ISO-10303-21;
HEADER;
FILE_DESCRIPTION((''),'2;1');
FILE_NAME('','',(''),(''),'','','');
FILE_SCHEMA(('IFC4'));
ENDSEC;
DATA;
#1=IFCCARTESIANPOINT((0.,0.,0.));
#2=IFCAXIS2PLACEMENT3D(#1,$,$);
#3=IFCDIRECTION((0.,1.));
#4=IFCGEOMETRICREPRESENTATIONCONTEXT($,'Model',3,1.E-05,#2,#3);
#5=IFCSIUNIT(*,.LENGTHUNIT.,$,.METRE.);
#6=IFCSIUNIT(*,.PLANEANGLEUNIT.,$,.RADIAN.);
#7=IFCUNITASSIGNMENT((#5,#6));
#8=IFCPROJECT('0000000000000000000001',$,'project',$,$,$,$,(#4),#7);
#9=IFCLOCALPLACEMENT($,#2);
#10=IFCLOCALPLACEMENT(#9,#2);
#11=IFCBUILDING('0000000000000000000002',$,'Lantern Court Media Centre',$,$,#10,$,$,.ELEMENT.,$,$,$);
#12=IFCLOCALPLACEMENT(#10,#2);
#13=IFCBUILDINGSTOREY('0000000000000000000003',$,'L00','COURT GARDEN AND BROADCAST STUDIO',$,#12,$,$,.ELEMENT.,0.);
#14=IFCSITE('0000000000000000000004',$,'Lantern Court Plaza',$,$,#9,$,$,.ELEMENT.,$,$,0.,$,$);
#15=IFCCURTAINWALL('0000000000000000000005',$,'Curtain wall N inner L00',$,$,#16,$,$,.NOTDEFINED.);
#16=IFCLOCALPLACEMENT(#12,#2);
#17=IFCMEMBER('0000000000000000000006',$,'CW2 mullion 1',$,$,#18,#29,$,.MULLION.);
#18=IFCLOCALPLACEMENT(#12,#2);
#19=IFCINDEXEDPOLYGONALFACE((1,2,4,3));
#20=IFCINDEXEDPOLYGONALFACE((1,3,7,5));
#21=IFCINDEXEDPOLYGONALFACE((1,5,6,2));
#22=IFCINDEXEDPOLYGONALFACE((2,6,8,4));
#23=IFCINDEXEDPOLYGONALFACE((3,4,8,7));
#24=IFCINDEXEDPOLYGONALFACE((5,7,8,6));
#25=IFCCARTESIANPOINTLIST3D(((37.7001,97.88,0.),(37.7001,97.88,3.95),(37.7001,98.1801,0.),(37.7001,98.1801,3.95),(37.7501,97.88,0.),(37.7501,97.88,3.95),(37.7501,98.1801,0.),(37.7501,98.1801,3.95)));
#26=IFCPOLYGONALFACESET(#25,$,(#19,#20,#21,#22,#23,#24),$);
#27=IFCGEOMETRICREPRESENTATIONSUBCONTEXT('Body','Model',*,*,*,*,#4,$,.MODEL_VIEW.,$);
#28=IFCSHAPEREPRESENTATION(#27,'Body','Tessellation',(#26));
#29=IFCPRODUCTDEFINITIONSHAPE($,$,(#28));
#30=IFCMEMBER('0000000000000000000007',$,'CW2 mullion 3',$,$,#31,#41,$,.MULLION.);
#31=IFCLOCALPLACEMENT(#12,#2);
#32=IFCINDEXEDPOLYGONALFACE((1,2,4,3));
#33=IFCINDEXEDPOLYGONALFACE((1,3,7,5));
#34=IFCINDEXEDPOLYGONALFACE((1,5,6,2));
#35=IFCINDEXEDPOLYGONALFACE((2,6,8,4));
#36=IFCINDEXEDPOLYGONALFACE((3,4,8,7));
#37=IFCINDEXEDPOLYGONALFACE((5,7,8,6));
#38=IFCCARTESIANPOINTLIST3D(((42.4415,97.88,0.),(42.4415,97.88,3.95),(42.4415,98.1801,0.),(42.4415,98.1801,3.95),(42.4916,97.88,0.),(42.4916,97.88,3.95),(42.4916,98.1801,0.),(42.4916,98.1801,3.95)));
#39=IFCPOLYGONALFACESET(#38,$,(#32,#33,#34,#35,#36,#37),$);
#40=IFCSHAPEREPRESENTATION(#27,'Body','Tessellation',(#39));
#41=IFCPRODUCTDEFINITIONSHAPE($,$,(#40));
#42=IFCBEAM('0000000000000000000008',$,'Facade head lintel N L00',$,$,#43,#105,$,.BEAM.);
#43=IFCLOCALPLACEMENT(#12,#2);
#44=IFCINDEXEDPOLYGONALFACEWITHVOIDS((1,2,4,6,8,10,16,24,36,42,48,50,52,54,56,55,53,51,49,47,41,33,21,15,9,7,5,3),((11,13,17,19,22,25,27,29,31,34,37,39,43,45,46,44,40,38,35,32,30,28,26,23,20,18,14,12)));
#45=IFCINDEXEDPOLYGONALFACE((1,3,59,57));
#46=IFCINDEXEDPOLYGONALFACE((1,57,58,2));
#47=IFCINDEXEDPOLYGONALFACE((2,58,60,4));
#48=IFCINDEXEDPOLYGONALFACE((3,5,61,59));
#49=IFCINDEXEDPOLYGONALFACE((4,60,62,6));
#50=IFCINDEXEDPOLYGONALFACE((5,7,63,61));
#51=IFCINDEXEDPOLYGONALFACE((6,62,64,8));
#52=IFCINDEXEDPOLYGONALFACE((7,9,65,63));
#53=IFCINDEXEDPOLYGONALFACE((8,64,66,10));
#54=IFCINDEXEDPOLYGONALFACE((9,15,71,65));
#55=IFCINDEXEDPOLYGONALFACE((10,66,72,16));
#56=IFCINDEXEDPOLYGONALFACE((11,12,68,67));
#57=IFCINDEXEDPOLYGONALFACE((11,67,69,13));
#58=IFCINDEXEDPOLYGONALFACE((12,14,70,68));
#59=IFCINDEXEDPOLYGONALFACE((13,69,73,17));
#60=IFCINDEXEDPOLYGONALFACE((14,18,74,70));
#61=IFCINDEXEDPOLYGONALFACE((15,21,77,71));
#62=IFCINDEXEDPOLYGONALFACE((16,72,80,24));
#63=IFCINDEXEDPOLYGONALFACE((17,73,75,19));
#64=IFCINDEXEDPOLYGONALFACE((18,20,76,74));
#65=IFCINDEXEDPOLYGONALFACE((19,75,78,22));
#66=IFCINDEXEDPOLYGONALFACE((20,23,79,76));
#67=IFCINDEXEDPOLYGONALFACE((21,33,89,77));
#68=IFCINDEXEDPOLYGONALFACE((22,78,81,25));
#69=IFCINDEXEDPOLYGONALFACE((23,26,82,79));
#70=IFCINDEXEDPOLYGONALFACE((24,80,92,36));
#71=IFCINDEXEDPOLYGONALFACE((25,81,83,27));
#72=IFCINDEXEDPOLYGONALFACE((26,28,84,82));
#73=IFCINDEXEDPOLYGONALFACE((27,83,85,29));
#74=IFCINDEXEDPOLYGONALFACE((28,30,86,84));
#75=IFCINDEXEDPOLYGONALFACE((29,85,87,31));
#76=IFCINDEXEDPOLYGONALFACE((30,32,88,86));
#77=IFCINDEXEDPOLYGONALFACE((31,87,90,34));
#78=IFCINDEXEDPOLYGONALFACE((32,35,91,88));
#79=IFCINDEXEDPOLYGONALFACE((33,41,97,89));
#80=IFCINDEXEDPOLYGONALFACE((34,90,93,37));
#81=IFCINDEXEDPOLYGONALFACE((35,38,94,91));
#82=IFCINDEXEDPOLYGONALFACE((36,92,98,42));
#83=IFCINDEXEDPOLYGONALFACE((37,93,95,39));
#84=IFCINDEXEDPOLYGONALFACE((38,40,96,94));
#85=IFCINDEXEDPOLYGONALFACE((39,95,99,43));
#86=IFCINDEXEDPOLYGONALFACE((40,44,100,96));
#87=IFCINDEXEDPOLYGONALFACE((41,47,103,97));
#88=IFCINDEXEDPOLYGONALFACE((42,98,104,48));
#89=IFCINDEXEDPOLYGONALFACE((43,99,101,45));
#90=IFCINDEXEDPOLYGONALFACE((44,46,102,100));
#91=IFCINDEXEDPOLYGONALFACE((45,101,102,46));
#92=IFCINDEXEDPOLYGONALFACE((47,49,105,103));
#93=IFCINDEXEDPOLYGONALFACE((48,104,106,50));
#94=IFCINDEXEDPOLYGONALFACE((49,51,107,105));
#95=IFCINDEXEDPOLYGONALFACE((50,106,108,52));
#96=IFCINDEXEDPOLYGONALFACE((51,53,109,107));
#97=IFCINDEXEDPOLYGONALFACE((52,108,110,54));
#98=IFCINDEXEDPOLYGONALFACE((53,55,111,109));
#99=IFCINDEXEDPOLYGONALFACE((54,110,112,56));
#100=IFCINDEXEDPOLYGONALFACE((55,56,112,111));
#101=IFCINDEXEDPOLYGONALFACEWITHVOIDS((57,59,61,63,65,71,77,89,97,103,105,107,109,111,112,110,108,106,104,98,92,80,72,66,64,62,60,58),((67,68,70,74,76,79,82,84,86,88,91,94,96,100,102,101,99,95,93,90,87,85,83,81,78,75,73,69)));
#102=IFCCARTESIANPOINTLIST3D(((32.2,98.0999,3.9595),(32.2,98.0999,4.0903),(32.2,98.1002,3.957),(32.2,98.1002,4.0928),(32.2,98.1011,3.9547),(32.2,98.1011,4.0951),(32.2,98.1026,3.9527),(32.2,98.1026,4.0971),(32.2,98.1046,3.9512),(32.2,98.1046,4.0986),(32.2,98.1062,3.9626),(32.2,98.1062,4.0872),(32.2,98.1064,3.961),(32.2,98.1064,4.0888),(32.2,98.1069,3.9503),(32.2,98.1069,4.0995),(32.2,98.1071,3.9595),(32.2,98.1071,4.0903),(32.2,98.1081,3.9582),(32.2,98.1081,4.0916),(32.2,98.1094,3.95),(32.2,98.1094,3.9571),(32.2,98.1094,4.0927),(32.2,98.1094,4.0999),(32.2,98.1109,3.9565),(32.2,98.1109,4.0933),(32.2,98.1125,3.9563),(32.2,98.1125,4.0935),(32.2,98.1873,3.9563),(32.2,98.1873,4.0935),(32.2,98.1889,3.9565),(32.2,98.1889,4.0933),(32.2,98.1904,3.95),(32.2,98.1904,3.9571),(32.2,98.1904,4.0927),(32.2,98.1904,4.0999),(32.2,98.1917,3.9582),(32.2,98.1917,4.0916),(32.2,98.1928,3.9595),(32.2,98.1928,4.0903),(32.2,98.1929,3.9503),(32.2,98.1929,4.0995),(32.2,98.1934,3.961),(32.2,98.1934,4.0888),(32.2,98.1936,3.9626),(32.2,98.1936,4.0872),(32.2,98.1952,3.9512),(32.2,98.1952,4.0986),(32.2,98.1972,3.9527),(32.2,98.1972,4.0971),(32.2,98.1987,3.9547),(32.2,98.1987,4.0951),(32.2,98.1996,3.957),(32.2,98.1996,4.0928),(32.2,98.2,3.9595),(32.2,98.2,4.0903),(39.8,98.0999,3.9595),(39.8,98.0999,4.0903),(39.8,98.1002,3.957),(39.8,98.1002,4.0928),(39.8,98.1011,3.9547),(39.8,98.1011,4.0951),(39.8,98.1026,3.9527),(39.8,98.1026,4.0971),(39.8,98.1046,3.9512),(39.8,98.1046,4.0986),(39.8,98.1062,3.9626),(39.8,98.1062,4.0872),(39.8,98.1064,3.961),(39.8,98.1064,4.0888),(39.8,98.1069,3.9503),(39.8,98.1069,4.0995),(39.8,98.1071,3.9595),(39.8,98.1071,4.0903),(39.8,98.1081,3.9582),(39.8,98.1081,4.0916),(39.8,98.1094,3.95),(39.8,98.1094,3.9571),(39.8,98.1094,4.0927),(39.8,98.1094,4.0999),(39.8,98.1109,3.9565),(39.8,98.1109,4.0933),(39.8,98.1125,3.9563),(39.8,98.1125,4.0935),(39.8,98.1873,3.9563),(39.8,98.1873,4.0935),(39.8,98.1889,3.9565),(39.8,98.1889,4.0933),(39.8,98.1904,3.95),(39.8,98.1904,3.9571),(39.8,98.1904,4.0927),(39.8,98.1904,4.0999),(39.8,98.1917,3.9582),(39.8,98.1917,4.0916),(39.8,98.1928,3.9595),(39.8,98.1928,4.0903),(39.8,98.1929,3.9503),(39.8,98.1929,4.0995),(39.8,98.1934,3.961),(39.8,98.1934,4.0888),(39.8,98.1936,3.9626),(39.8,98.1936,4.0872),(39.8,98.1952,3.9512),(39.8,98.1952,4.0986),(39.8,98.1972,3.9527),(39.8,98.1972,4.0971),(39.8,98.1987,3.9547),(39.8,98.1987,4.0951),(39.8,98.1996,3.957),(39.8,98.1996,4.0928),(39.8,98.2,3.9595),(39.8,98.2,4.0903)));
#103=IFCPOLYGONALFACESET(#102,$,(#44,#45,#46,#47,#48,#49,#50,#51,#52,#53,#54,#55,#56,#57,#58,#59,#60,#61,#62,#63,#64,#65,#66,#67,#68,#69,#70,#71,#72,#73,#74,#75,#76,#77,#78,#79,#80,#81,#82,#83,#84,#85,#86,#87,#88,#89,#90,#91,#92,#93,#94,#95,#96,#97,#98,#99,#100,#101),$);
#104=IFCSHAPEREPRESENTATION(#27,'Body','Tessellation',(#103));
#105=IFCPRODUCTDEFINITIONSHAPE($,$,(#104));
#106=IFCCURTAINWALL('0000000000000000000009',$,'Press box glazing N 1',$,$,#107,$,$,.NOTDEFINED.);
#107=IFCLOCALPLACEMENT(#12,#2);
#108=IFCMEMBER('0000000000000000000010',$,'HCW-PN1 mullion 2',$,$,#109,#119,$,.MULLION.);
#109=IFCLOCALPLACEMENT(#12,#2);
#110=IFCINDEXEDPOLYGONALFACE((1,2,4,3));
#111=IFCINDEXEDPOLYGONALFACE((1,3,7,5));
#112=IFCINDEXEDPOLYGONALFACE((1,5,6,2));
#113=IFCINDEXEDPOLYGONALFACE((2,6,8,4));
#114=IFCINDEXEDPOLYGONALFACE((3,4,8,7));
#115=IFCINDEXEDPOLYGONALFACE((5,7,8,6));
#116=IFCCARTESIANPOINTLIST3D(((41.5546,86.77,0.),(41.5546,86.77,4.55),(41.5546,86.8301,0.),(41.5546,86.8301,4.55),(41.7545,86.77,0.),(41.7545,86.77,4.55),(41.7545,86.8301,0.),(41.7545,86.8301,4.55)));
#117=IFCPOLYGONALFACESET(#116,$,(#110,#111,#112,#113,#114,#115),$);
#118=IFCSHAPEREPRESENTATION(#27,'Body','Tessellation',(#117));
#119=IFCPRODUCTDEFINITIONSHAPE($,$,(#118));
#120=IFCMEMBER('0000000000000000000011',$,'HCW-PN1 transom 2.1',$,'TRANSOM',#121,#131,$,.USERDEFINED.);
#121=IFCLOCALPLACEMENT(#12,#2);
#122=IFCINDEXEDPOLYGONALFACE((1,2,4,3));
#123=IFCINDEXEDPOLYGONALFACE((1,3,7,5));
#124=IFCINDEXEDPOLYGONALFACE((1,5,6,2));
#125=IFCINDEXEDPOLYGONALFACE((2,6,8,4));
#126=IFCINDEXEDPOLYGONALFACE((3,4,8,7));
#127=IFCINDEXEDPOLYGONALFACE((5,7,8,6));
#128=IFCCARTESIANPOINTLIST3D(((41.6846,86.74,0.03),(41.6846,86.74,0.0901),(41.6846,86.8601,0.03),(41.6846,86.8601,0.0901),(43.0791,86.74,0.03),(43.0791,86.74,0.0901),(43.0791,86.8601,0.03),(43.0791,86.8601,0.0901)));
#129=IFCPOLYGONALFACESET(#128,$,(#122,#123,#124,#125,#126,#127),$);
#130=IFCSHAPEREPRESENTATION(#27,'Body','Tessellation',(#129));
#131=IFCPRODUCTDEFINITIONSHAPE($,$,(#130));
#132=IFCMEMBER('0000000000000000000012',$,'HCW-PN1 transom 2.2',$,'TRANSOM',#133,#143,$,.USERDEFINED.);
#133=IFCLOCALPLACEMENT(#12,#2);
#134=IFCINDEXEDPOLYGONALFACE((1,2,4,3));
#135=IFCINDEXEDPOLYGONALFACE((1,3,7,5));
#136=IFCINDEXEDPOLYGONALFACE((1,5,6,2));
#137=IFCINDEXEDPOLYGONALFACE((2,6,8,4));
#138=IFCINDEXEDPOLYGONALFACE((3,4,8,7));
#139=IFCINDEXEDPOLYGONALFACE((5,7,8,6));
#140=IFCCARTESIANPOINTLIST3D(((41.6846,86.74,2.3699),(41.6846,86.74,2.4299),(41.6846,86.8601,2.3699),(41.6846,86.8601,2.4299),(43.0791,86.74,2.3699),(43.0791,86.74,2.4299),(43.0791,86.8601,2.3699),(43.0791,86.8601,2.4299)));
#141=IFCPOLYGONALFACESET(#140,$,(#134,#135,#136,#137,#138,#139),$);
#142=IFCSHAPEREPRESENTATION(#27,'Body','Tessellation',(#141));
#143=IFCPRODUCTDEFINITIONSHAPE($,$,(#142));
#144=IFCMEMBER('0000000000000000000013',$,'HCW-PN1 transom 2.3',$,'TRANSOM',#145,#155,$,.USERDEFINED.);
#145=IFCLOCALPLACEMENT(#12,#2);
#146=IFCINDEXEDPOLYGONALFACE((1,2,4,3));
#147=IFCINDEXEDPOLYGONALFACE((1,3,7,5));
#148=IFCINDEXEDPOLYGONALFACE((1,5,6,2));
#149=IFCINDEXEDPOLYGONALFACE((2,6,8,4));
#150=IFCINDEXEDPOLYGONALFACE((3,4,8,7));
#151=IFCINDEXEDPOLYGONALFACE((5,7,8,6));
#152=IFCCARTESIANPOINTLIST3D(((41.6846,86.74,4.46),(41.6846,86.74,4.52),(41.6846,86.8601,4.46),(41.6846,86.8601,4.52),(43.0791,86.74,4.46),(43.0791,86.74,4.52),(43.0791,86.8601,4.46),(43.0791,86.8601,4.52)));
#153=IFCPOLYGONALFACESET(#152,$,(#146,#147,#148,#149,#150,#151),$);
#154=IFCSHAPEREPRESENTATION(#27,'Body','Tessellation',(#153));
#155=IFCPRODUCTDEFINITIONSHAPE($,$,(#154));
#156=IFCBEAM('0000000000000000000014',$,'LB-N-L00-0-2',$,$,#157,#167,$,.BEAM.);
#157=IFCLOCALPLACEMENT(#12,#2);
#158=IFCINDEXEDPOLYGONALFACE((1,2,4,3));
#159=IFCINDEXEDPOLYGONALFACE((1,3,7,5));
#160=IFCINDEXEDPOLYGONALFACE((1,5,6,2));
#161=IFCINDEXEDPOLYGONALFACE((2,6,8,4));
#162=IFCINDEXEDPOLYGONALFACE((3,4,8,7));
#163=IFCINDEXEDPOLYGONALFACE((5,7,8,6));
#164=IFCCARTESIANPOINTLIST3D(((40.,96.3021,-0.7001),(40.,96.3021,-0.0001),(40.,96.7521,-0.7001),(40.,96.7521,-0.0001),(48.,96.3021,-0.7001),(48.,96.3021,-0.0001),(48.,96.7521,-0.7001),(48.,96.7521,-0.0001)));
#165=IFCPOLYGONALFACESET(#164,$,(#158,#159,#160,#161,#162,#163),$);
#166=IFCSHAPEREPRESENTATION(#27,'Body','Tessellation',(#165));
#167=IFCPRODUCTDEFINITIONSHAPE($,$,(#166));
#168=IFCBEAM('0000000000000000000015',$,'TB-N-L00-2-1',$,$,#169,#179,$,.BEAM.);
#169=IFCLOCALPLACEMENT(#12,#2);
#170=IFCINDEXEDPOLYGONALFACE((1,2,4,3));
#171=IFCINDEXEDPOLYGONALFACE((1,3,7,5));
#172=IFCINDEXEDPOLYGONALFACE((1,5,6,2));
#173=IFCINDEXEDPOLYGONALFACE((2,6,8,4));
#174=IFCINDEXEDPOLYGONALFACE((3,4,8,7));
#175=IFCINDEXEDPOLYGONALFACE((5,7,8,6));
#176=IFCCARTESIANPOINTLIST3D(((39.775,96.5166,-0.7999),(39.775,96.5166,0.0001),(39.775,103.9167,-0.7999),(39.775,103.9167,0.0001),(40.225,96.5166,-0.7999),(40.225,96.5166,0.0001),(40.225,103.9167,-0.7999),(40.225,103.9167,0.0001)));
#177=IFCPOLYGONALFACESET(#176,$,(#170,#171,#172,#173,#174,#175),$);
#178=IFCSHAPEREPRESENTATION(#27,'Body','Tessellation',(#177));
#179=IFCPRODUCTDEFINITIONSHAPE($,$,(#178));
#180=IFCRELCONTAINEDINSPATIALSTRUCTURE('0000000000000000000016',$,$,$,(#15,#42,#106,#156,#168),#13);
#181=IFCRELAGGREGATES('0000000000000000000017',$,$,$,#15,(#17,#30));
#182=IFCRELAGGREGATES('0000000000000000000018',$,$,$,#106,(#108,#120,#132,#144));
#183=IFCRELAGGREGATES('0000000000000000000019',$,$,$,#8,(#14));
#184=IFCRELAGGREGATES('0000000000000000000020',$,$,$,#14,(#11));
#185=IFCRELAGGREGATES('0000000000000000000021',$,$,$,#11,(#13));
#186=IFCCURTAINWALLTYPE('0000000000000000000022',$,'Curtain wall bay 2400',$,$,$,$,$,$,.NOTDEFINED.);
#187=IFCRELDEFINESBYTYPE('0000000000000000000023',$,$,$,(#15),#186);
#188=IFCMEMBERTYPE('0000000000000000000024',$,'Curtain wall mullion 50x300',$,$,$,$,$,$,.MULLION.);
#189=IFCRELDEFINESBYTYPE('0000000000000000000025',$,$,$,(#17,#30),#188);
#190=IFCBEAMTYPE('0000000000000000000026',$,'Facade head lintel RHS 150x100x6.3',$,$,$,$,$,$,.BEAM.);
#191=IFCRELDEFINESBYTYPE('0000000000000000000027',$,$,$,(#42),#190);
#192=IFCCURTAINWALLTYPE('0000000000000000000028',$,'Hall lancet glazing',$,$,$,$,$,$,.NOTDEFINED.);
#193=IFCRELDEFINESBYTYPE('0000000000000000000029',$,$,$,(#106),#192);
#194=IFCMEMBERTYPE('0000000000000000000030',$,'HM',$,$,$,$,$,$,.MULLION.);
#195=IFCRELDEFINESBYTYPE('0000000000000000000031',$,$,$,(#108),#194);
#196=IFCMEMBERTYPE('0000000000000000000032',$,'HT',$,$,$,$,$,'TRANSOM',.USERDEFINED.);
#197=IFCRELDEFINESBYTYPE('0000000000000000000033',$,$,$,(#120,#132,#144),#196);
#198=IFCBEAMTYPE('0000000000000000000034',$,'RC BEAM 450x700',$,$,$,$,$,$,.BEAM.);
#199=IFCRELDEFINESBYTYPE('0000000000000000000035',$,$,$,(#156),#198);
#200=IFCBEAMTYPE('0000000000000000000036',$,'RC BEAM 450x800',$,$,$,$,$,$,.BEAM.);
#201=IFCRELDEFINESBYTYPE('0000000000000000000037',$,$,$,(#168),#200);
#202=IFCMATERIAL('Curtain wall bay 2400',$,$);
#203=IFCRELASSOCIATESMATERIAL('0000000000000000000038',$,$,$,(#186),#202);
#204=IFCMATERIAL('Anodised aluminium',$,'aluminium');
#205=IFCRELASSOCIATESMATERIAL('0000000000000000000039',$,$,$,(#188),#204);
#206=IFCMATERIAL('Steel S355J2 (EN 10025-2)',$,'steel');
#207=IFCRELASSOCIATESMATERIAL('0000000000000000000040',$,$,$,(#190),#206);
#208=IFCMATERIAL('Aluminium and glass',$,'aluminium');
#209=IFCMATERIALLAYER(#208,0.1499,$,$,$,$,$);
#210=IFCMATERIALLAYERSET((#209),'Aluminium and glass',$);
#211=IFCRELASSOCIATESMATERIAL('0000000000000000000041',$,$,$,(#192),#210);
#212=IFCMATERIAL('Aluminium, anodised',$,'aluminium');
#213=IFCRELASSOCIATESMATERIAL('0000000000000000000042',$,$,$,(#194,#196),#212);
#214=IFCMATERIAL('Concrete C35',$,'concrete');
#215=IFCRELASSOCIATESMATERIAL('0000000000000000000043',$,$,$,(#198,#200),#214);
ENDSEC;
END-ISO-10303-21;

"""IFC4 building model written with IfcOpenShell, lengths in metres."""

from ifc_helpers import new_model, si_unit, direction, frame, origin, origin_2d, place, context, subcontext, project, spatial, rectangle, hollow_rectangle, extrude, material, layer, layer_set, material_profile, profile_set, type_object, element, aggregate, save


model = new_model("IFC4")

# Units and contexts
model_context = context("Model", 3, precision=1e-05, world=origin(), true_north=direction((0.0, 1.0)))
body_context = subcontext(model_context, "Body", "Model", "MODEL_VIEW")
ifc_project = project(units=[si_unit("LENGTHUNIT", "METRE"), si_unit("PLANEANGLEUNIT", "RADIAN")], contexts=[model_context])

# Site, building, storey
site_placement = place(None, origin())
site = spatial("IfcSite", under=ifc_project, at=site_placement, Name="Lantern Court Plaza", CompositionType="ELEMENT", RefElevation=0.0)
building_placement = place(site_placement, origin())
building = spatial("IfcBuilding", under=site, at=building_placement, Name="Lantern Court Media Centre", CompositionType="ELEMENT")
storey_placement = place(building_placement, origin())
storey = spatial("IfcBuildingStorey", under=building, at=storey_placement, Name="L00", Description="COURT GARDEN AND BROADCAST STUDIO", CompositionType="ELEMENT", Elevation=0.0)

# Shared definitions
ifc_material_1 = material(Name="Concrete C35", Category="concrete")

# Shared definitions
ifc_material_2 = material(Name="Curtain wall bay 2400")
curtain_wall_type_1 = type_object("IfcCurtainWallType", Name="Curtain wall bay 2400", PredefinedType="NOTDEFINED", material=ifc_material_2)
ifc_material_3 = material(Name="Anodised aluminium", Category="aluminium")
ifc_material_profile_1 = material_profile(ifc_material_3, rectangle(XDim=0.3, YDim=0.05, at=origin_2d()), Name="AL 50x300")
ifc_profile_set_1 = profile_set([ifc_material_profile_1], Name="Anodised aluminium")
member_type_1 = type_object("IfcMemberType", Name="Curtain wall mullion 50x300", PredefinedType="MULLION", material=ifc_profile_set_1)

# Curtain wall, members
curtain_wall_1_placement = place(storey_placement, origin())
curtain_wall_1 = element("IfcCurtainWall", 1, at=curtain_wall_1_placement, inside=storey, type_object=curtain_wall_type_1, Name="Curtain wall N inner L00", PredefinedType="NOTDEFINED")
member_1_placement = place(storey_placement, frame((37.7251, 98.03, 0.0), z_axis=(0.0, 0.0, 1.0), x_axis=(0.0, 1.0, 0.0)))
member_1 = element("IfcMember", 2, at=member_1_placement, type_object=member_type_1, Name="CW2 mullion 1", PredefinedType="MULLION", context=body_context, shape_type="SweptSolid", body=[
    extrude(rectangle(XDim=0.3, YDim=0.05, at=origin_2d()), origin(), (0.0, 0.0, 1.0), 3.95),
])
member_2_placement = place(storey_placement, frame((42.4666, 98.03, 0.0), z_axis=(0.0, 0.0, 1.0), x_axis=(0.0, 1.0, 0.0)))
member_2 = element("IfcMember", 3, at=member_2_placement, type_object=member_type_1, Name="CW2 mullion 3", PredefinedType="MULLION", context=body_context, shape_type="SweptSolid", body=[
    extrude(rectangle(XDim=0.3, YDim=0.05, at=origin_2d()), origin(), (0.0, 0.0, 1.0), 3.95),
])
aggregate(curtain_wall_1, [member_1, member_2])

# Beam
ifc_material_4 = material(Name="Steel S355J2 (EN 10025-2)", Category="steel")
ifc_material_profile_2 = material_profile(ifc_material_4, hollow_rectangle(XDim=0.1001, YDim=0.1499, WallThickness=0.0063, InnerFilletRadius=0.0063, OuterFilletRadius=0.0095, at=origin_2d()), Name="Facade head lintel RHS 150x100x6.3")
ifc_profile_set_2 = profile_set([ifc_material_profile_2], Name="Steel S355J2 (EN 10025-2)")
beam_type_1 = type_object("IfcBeamType", Name="Facade head lintel RHS 150x100x6.3", PredefinedType="BEAM", material=ifc_profile_set_2)
beam_1_placement = place(storey_placement, frame((32.2, 98.1499, 4.0249), z_axis=(1.0, 0.0, 0.0), x_axis=(0.0, 1.0, 0.0)))
element("IfcBeam", 4, at=beam_1_placement, inside=storey, type_object=beam_type_1, Name="Facade head lintel N L00", PredefinedType="BEAM", context=body_context, shape_type="SweptSolid", body=[
    extrude(hollow_rectangle(XDim=0.1001, YDim=0.1499, WallThickness=0.0063, InnerFilletRadius=0.0063, OuterFilletRadius=0.0095, at=origin_2d()), origin(), (0.0, 0.0, 1.0), 7.6001),
])

# Curtain wall, members
ifc_material_5 = material(Name="Aluminium and glass", Category="aluminium")
ifc_layer_1 = layer(ifc_material_5, 0.1499)
ifc_layer_set_1 = layer_set([ifc_layer_1], Name="Aluminium and glass")
curtain_wall_type_2 = type_object("IfcCurtainWallType", Name="Hall lancet glazing", PredefinedType="NOTDEFINED", material=ifc_layer_set_1)
curtain_wall_2_placement = place(storey_placement, origin())
curtain_wall_2 = element("IfcCurtainWall", 5, at=curtain_wall_2_placement, inside=storey, type_object=curtain_wall_type_2, Name="Press box glazing N 1", PredefinedType="NOTDEFINED")
ifc_material_6 = material(Name="Aluminium, anodised", Category="aluminium")
ifc_material_profile_3 = material_profile(ifc_material_6, rectangle(XDim=0.0601, YDim=0.2, at=origin_2d()), Name="HM")
ifc_profile_set_3 = profile_set([ifc_material_profile_3], Name="Aluminium, anodised")
member_type_2 = type_object("IfcMemberType", Name="HM", PredefinedType="MULLION", material=ifc_profile_set_3)
member_3_placement = place(storey_placement, frame((41.6545, 86.8, 0.0), z_axis=(0.0, 0.0, 1.0), x_axis=(0.0, 1.0, 0.0)))
member_3 = element("IfcMember", 6, at=member_3_placement, type_object=member_type_2, Name="HCW-PN1 mullion 2", PredefinedType="MULLION", context=body_context, shape_type="SweptSolid", body=[
    extrude(rectangle(XDim=0.0601, YDim=0.2, at=origin_2d()), origin(), (0.0, 0.0, 1.0), 4.55),
])
ifc_material_profile_4 = material_profile(ifc_material_6, rectangle(XDim=0.1201, YDim=0.0601, at=origin_2d()), Name="HT")
ifc_profile_set_4 = profile_set([ifc_material_profile_4], Name="Aluminium, anodised")
member_type_3 = type_object("IfcMemberType", Name="HT", ElementType="TRANSOM", PredefinedType="USERDEFINED", material=ifc_profile_set_4)
member_4_placement = place(storey_placement, frame((41.6846, 86.8, 0.0601), z_axis=(1.0, 0.0, 0.0), x_axis=(0.0, 1.0, 0.0)))
member_4 = element("IfcMember", 7, at=member_4_placement, type_object=member_type_3, Name="HCW-PN1 transom 2.1", ObjectType="TRANSOM", PredefinedType="USERDEFINED", context=body_context, shape_type="SweptSolid", body=[
    extrude(rectangle(XDim=0.1201, YDim=0.0601, at=origin_2d()), origin(), (0.0, 0.0, 1.0), 1.3945),
])
member_5_placement = place(storey_placement, frame((41.6846, 86.8, 2.3999), z_axis=(1.0, 0.0, 0.0), x_axis=(0.0, 1.0, 0.0)))
member_5 = element("IfcMember", 8, at=member_5_placement, type_object=member_type_3, Name="HCW-PN1 transom 2.2", ObjectType="TRANSOM", PredefinedType="USERDEFINED", context=body_context, shape_type="SweptSolid", body=[
    extrude(rectangle(XDim=0.1201, YDim=0.0601, at=origin_2d()), origin(), (0.0, 0.0, 1.0), 1.3945),
])
member_6_placement = place(storey_placement, frame((41.6846, 86.8, 4.49), z_axis=(1.0, 0.0, 0.0), x_axis=(0.0, 1.0, 0.0)))
member_6 = element("IfcMember", 9, at=member_6_placement, type_object=member_type_3, Name="HCW-PN1 transom 2.3", ObjectType="TRANSOM", PredefinedType="USERDEFINED", context=body_context, shape_type="SweptSolid", body=[
    extrude(rectangle(XDim=0.1201, YDim=0.0601, at=origin_2d()), origin(), (0.0, 0.0, 1.0), 1.3945),
])

# Beams
ifc_material_profile_5 = material_profile(ifc_material_1, rectangle(XDim=0.45, YDim=0.7, at=origin_2d()), Name="RC 450x700")
ifc_profile_set_5 = profile_set([ifc_material_profile_5], Name="Concrete C35")
beam_type_2 = type_object("IfcBeamType", Name="RC BEAM 450x700", PredefinedType="BEAM", material=ifc_profile_set_5)
beam_2_placement = place(storey_placement, frame((40.0, 96.5271, -0.3501), z_axis=(1.0, 0.0, 0.0), x_axis=(0.0, 1.0, 0.0)))
element("IfcBeam", 10, at=beam_2_placement, inside=storey, type_object=beam_type_2, Name="LB-N-L00-0-2", PredefinedType="BEAM", context=body_context, shape_type="SweptSolid", body=[
    extrude(rectangle(XDim=0.45, YDim=0.7, at=origin_2d()), origin(), (0.0, 0.0, 1.0), 8.0),
])
ifc_material_profile_6 = material_profile(ifc_material_1, rectangle(XDim=0.45, YDim=0.8, at=origin_2d()), Name="RC 450x800")
ifc_profile_set_6 = profile_set([ifc_material_profile_6], Name="Concrete C35")
beam_type_3 = type_object("IfcBeamType", Name="RC BEAM 450x800", PredefinedType="BEAM", material=ifc_profile_set_6)
beam_3_placement = place(storey_placement, frame((40.0, 96.5166, -0.3999), z_axis=(0.0, 1.0, 0.0), x_axis=(-1.0, 0.0, 0.0)))
element("IfcBeam", 11, at=beam_3_placement, inside=storey, type_object=beam_type_3, Name="TB-N-L00-2-1", PredefinedType="BEAM", context=body_context, shape_type="SweptSolid", body=[
    extrude(rectangle(XDim=0.45, YDim=0.8, at=origin_2d()), origin(), (0.0, 0.0, 1.0), 7.4001),
])

aggregate(curtain_wall_2, [member_3, member_4, member_5, member_6])

save(model, "model.ifc")
